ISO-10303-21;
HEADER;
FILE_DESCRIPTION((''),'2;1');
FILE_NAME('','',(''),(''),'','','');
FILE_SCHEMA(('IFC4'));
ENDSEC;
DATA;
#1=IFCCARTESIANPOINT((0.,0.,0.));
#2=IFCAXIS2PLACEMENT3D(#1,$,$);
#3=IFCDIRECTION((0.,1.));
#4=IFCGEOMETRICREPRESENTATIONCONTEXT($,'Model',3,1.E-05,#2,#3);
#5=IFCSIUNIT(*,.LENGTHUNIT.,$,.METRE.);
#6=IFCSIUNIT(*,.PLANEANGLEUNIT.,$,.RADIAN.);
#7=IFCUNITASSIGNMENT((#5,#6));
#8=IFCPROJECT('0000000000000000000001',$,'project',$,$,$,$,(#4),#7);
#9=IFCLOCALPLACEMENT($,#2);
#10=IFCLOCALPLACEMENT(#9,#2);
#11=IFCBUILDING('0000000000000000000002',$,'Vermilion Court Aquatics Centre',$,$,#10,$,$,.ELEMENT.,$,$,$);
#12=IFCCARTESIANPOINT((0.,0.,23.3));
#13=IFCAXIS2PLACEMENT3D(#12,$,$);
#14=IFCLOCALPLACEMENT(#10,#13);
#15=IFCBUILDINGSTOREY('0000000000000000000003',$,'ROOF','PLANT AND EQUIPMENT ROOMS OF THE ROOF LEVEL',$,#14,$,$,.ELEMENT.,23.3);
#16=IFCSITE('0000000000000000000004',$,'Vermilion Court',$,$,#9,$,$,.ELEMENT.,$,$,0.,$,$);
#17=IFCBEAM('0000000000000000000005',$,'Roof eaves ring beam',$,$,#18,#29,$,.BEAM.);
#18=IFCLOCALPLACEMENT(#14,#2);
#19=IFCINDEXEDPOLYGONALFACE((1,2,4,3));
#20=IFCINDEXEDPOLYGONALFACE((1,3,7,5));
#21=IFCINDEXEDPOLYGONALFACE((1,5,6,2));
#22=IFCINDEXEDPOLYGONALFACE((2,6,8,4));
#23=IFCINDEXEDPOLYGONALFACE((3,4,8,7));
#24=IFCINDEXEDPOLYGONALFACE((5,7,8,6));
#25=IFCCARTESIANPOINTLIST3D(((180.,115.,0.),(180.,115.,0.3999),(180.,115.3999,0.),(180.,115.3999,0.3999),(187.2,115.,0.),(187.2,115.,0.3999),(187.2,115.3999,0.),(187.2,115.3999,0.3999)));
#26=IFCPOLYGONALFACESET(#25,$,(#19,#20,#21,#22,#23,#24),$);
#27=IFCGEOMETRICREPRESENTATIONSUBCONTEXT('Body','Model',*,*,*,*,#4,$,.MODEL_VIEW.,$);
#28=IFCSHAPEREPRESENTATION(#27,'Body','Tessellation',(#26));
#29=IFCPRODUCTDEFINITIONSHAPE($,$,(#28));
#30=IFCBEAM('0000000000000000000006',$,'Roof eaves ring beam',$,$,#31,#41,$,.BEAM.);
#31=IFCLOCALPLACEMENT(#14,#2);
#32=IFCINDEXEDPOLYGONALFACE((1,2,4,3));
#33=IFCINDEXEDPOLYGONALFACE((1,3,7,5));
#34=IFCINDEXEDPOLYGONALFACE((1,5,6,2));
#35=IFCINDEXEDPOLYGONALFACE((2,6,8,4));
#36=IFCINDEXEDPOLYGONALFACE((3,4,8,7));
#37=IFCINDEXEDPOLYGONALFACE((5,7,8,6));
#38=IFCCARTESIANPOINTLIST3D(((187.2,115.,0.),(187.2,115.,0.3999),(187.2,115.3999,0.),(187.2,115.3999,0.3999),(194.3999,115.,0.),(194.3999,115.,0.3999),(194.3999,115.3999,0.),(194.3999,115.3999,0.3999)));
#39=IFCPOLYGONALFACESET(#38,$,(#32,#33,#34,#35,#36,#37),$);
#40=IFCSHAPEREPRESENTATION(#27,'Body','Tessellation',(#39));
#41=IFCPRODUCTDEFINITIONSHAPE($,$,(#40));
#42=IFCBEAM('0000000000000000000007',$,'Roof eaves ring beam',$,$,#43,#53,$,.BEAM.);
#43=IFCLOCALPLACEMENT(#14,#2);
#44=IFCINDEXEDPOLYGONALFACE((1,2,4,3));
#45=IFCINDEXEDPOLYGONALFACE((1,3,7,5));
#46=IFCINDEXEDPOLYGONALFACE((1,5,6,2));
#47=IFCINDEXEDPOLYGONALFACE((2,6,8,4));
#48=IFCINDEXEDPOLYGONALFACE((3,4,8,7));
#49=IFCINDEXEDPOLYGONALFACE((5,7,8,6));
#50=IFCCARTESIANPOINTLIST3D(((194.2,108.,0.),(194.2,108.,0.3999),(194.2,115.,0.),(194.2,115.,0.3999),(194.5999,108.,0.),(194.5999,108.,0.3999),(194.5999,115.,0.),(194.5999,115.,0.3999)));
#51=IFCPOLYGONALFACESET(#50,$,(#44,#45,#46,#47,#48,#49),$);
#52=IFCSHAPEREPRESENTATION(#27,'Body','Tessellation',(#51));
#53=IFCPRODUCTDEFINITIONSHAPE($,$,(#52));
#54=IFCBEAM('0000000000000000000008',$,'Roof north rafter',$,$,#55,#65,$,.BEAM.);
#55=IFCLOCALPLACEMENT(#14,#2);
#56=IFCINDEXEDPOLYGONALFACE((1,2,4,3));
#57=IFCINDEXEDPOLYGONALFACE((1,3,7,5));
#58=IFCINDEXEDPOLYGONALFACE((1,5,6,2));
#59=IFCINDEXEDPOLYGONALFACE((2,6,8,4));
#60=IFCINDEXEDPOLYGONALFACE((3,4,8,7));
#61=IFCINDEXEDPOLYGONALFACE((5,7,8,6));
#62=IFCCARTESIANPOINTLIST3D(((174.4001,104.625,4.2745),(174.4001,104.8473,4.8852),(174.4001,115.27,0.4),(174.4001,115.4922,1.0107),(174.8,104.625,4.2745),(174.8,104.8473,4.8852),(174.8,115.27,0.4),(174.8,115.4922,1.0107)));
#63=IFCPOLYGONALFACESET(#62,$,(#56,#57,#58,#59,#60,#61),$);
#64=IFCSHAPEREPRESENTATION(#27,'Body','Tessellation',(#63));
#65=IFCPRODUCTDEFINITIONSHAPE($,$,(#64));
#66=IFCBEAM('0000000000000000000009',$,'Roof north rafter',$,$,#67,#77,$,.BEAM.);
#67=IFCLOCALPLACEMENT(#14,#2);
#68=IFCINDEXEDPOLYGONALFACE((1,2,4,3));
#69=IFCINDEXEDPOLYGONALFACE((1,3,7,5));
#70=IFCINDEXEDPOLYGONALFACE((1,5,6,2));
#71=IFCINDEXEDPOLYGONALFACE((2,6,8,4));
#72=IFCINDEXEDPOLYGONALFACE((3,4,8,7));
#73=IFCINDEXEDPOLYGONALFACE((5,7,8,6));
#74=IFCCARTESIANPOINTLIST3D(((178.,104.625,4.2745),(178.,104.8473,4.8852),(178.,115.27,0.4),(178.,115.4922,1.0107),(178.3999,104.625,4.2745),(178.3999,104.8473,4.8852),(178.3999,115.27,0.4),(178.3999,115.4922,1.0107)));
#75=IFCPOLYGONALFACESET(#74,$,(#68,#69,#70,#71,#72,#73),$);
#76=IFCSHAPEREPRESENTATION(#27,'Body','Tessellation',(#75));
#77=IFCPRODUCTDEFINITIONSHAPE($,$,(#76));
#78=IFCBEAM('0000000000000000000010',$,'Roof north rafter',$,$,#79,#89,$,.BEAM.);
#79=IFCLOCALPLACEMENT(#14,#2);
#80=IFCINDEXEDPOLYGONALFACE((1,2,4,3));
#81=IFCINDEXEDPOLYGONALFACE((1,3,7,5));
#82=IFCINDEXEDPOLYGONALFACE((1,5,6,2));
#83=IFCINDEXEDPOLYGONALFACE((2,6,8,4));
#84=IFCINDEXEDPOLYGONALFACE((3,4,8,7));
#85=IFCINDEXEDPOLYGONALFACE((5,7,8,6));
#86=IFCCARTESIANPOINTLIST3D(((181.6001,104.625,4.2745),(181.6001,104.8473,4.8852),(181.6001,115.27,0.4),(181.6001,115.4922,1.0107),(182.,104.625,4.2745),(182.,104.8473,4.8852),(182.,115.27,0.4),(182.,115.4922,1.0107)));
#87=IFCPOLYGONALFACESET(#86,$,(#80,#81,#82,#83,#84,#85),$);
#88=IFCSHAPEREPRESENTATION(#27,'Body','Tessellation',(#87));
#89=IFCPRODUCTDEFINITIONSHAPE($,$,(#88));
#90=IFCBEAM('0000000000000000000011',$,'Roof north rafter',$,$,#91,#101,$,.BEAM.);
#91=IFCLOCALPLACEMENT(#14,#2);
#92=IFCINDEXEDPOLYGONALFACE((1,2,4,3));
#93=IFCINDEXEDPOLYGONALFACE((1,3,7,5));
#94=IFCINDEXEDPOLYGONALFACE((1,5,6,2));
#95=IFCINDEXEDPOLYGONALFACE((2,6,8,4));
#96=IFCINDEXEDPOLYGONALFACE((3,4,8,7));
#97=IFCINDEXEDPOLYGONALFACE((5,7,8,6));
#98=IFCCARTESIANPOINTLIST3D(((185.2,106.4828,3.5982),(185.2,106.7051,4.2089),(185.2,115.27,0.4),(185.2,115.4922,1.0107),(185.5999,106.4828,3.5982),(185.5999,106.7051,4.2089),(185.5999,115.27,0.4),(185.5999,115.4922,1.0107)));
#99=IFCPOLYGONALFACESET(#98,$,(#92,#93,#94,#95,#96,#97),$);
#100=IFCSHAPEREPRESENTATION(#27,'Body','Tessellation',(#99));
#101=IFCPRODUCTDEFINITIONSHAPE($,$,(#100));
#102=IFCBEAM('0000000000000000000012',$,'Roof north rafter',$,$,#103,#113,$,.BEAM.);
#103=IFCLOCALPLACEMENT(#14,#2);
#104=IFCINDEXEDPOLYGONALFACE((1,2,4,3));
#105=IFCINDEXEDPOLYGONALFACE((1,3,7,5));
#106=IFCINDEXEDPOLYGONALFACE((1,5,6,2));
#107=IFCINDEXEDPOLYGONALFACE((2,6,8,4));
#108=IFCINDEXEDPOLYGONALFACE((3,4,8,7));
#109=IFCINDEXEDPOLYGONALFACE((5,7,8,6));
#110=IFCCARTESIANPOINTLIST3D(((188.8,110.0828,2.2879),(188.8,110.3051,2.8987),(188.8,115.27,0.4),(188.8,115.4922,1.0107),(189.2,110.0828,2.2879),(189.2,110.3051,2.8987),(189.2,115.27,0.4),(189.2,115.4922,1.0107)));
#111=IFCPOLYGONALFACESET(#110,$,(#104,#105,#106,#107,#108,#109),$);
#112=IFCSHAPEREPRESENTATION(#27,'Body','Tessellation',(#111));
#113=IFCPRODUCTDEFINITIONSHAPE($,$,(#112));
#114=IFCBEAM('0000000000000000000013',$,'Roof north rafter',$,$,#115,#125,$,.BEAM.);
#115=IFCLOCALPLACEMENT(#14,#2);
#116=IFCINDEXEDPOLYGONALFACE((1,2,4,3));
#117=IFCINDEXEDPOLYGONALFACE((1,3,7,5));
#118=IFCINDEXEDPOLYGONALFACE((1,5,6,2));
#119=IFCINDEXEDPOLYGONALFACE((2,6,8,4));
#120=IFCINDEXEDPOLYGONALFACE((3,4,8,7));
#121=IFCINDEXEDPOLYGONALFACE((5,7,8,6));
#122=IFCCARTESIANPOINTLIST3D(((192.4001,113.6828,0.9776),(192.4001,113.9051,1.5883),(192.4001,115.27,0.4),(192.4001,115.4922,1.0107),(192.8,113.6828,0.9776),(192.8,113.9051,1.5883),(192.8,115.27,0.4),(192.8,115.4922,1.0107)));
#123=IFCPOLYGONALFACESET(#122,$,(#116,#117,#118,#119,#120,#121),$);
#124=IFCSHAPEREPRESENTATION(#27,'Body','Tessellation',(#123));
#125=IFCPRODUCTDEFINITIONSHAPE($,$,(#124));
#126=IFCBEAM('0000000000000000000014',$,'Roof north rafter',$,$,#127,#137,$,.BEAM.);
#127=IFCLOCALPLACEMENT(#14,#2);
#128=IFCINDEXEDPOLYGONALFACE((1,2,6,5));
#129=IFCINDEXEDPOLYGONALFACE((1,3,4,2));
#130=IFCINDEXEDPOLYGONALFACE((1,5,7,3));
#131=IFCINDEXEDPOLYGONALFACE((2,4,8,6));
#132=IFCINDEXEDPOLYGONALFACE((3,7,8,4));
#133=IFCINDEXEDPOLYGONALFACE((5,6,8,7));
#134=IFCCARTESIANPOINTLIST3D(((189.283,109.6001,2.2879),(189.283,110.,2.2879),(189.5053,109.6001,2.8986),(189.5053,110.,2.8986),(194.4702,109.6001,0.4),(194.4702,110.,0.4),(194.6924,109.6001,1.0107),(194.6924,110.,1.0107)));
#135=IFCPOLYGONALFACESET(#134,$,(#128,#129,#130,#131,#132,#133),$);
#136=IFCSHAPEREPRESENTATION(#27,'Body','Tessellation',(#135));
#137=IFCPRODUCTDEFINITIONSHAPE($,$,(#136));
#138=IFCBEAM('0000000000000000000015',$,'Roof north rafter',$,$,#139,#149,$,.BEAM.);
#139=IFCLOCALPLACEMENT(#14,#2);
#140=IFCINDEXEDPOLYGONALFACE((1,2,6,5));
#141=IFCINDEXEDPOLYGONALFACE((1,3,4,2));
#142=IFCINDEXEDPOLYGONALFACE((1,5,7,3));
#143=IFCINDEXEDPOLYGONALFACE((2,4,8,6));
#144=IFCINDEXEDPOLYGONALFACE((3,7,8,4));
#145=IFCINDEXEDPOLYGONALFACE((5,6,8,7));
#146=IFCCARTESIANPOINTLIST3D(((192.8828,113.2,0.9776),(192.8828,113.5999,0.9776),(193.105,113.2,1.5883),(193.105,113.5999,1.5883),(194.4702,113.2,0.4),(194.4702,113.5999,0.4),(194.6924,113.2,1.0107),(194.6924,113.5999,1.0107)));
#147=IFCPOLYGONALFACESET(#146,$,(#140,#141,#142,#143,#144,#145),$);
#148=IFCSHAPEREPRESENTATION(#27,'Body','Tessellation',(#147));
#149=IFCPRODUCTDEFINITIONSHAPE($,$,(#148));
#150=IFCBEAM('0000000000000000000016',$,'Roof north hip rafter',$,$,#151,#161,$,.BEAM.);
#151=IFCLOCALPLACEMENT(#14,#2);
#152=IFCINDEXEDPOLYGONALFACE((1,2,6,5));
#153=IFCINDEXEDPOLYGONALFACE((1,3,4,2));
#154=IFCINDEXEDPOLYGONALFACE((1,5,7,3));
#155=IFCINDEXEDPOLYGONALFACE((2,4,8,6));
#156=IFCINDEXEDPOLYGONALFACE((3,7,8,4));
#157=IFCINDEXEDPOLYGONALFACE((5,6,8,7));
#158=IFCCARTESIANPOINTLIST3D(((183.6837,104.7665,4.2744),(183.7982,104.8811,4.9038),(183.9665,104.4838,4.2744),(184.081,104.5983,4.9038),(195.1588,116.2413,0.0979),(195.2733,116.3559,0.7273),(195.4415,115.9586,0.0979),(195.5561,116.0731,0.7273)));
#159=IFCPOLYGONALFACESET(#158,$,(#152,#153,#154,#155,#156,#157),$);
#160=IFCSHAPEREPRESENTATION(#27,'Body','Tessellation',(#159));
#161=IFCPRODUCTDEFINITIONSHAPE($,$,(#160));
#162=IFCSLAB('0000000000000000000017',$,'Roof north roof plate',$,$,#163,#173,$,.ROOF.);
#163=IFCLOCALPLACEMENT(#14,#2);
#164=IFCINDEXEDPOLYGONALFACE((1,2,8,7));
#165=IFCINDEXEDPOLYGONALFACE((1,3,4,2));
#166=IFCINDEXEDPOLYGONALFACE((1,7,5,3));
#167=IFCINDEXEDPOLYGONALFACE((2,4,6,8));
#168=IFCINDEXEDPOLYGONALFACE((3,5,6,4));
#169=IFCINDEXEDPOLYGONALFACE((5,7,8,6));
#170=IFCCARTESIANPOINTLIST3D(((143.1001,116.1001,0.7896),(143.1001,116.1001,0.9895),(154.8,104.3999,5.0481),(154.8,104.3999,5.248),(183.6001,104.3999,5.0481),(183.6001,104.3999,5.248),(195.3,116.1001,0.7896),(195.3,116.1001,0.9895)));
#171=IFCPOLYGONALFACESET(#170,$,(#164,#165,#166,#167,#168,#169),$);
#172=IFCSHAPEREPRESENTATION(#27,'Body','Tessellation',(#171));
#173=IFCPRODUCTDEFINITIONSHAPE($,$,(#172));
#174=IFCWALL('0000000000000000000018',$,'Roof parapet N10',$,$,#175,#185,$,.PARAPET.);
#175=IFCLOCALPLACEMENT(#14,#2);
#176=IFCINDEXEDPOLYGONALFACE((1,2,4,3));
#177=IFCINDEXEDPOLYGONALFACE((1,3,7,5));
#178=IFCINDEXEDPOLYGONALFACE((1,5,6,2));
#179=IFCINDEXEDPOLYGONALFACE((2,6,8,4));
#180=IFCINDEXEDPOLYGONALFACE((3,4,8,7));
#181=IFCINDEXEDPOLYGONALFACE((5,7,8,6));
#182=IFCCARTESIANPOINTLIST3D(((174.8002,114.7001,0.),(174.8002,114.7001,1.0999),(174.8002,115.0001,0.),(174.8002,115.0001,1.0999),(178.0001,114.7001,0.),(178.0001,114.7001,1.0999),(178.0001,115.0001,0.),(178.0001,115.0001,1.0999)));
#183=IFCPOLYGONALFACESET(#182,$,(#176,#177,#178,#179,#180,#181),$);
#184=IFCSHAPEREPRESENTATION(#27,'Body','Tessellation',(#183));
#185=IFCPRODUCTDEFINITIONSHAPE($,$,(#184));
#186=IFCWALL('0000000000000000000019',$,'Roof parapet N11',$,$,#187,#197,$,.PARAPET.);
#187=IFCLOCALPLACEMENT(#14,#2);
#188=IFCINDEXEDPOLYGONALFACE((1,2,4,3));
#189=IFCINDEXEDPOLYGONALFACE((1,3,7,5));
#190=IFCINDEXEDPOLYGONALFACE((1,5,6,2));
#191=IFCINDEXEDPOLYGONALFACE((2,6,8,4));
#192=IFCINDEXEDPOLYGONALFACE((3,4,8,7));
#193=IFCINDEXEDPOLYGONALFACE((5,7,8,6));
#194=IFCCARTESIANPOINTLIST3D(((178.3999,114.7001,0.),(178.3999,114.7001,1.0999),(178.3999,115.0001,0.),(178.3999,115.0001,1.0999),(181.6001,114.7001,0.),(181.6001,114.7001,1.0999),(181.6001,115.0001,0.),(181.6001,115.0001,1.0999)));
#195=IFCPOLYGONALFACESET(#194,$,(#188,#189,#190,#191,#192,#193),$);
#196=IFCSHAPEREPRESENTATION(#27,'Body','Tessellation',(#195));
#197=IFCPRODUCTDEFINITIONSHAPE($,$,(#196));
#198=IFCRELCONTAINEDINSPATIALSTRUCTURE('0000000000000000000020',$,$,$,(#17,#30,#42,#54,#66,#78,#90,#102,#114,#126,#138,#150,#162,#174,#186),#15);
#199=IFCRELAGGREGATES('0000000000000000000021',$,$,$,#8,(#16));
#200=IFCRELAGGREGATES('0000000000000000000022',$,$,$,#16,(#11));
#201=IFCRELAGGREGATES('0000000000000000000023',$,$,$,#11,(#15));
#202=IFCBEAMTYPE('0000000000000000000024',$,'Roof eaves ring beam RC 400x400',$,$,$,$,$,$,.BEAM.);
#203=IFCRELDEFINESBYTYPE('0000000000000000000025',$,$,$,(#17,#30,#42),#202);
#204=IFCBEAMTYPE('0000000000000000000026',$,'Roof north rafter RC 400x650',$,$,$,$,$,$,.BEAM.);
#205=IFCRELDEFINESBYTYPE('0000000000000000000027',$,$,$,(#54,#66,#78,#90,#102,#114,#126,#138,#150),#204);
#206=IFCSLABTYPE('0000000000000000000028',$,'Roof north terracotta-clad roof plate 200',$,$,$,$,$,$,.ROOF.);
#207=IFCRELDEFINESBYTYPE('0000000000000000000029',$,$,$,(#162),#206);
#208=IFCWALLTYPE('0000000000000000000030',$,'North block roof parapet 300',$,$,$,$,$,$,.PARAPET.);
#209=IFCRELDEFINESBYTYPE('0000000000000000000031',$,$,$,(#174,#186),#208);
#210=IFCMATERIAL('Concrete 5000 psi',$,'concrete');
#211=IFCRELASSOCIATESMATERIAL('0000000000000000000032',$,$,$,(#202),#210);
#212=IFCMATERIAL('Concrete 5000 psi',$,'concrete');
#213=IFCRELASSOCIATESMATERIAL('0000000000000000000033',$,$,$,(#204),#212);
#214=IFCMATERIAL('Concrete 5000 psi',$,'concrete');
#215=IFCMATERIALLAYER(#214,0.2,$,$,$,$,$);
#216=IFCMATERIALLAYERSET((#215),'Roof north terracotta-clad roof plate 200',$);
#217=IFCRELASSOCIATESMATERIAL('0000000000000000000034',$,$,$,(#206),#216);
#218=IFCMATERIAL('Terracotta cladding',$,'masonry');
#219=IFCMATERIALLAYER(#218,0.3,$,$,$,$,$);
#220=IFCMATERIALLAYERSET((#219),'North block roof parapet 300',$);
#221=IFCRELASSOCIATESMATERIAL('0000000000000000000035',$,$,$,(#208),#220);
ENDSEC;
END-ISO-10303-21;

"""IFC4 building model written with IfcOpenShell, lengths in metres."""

from ifc_helpers import new_model, si_unit, direction, frame, frame_2d, origin, origin_2d, place, context, subcontext, project, spatial, polyline, rectangle, outline, extrude, material, layer, layer_set, material_profile, profile_set, type_object, element, save


model = new_model("IFC4")

# Units and contexts
model_context = context("Model", 3, precision=1e-05, world=origin(), true_north=direction((0.0, 1.0)))
body_context = subcontext(model_context, "Body", "Model", "MODEL_VIEW")
ifc_project = project(units=[si_unit("LENGTHUNIT", "METRE"), si_unit("PLANEANGLEUNIT", "RADIAN")], contexts=[model_context])

# Site, building, storey
site_placement = place(None, origin())
site = spatial("IfcSite", under=ifc_project, at=site_placement, Name="Vermilion Court", CompositionType="ELEMENT", RefElevation=0.0)
building_placement = place(site_placement, origin())
building = spatial("IfcBuilding", under=site, at=building_placement, Name="Vermilion Court Aquatics Centre", CompositionType="ELEMENT")
storey_placement = place(building_placement, frame((0.0, 0.0, 23.3)))
storey = spatial("IfcBuildingStorey", under=building, at=storey_placement, Name="ROOF", Description="PLANT AND EQUIPMENT ROOMS OF THE ROOF LEVEL", CompositionType="ELEMENT", Elevation=23.3)

# Beams
ifc_material_1 = material(Name="Concrete 5000 psi", Category="concrete")
ifc_material_profile_1 = material_profile(ifc_material_1, rectangle(XDim=0.3999, YDim=0.3999, at=origin_2d()), Name="RC 400x400")
ifc_profile_set_1 = profile_set([ifc_material_profile_1], Name="Concrete 5000 psi")
beam_type_1 = type_object("IfcBeamType", Name="Roof eaves ring beam RC 400x400", PredefinedType="BEAM", material=ifc_profile_set_1)
for number, where, z_axis, x_axis, name in (
    (1, (180.0, 115.2, 0.2), (1.0, 0.0, 0.0), (0.0, 1.0, 0.0), "Roof eaves ring beam"),
    (2, (187.2, 115.2, 0.2), (1.0, 0.0, 0.0), (0.0, 1.0, 0.0), "Roof eaves ring beam"),
):
    element("IfcBeam", number, at=place(storey_placement, frame(where, z_axis=z_axis, x_axis=x_axis)), inside=storey, type_object=beam_type_1, Name=name, PredefinedType="BEAM", context=body_context, shape_type="SweptSolid", body=[
        extrude(rectangle(XDim=0.3999, YDim=0.3999, at=origin_2d()), origin(), (0.0, 0.0, 1.0), 7.2),
    ])
beam_1_placement = place(storey_placement, frame((194.3999, 108.0, 0.2), z_axis=(0.0, 1.0, 0.0), x_axis=(-1.0, 0.0, 0.0)))
element("IfcBeam", 3, at=beam_1_placement, inside=storey, type_object=beam_type_1, Name="Roof eaves ring beam", PredefinedType="BEAM", context=body_context, shape_type="SweptSolid", body=[
    extrude(rectangle(XDim=0.3999, YDim=0.3999, at=origin_2d()), origin(), (0.0, 0.0, 1.0), 7.0),
])
ifc_material_2 = material(Name="Concrete 5000 psi", Category="concrete")
ifc_material_profile_2 = material_profile(ifc_material_2, rectangle(XDim=0.3999, YDim=0.6499, at=origin_2d()), Name="RC 400x650")
ifc_profile_set_2 = profile_set([ifc_material_profile_2], Name="Concrete 5000 psi")
beam_type_2 = type_object("IfcBeamType", Name="Roof north rafter RC 400x650", PredefinedType="BEAM", material=ifc_profile_set_2)
for number, where, z_axis, x_axis, name in (
    (4, (174.6001, 115.3811, 0.7053), (0.0, -0.939691, 0.342023), (1.0, 0.0, 0.0), "Roof north rafter"),
    (5, (178.2, 115.3811, 0.7053), (0.0, -0.939691, 0.342023), (1.0, 0.0, 0.0), "Roof north rafter"),
    (6, (181.8, 115.3811, 0.7053), (0.0, -0.939691, 0.342023), (1.0, 0.0, 0.0), "Roof north rafter"),
):
    element("IfcBeam", number, at=place(storey_placement, frame(where, z_axis=z_axis, x_axis=x_axis)), inside=storey, type_object=beam_type_2, Name=name, PredefinedType="BEAM", context=body_context, shape_type="SweptSolid", body=[
        extrude(rectangle(XDim=0.3999, YDim=0.6499, at=origin_2d()), origin(), (0.0, 0.0, 1.0), 11.3281),
    ])
beam_2_placement = place(storey_placement, frame((185.3999, 115.3811, 0.7053), z_axis=(0.0, -0.939693, 0.34202), x_axis=(1.0, 0.0, 0.0)))
element("IfcBeam", 7, at=beam_2_placement, inside=storey, type_object=beam_type_2, Name="Roof north rafter", PredefinedType="BEAM", context=body_context, shape_type="SweptSolid", body=[
    extrude(rectangle(XDim=0.3999, YDim=0.6499, at=origin_2d()), origin(), (0.0, 0.0, 1.0), 9.3511),
])
beam_3_placement = place(storey_placement, frame((189.0, 115.3811, 0.7053), z_axis=(0.0, -0.939691, 0.342024), x_axis=(1.0, 0.0, 0.0)))
element("IfcBeam", 8, at=beam_3_placement, inside=storey, type_object=beam_type_2, Name="Roof north rafter", PredefinedType="BEAM", context=body_context, shape_type="SweptSolid", body=[
    extrude(rectangle(XDim=0.3999, YDim=0.6499, at=origin_2d()), origin(), (0.0, 0.0, 1.0), 5.52),
])
beam_4_placement = place(storey_placement, frame((192.6001, 115.3811, 0.7053), z_axis=(0.0, -0.939701, 0.341998), x_axis=(1.0, 0.0, 0.0)))
element("IfcBeam", 9, at=beam_4_placement, inside=storey, type_object=beam_type_2, Name="Roof north rafter", PredefinedType="BEAM", context=body_context, shape_type="SweptSolid", body=[
    extrude(rectangle(XDim=0.3999, YDim=0.6499, at=origin_2d()), origin(), (0.0, 0.0, 1.0), 1.689),
])
beam_5_placement = place(storey_placement, frame((194.5813, 109.8, 0.7053), z_axis=(-0.939697, 0.0, 0.342009), x_axis=(0.0, -1.0, 0.0)))
element("IfcBeam", 10, at=beam_5_placement, inside=storey, type_object=beam_type_2, Name="Roof north rafter", PredefinedType="BEAM", context=body_context, shape_type="SweptSolid", body=[
    extrude(rectangle(XDim=0.3999, YDim=0.6499, at=origin_2d()), origin(), (0.0, 0.0, 1.0), 5.52),
])
beam_6_placement = place(storey_placement, frame((194.5813, 113.3999, 0.7053), z_axis=(-0.939717, 0.0, 0.341952), x_axis=(0.0, -1.0, 0.0)))
element("IfcBeam", 11, at=beam_6_placement, inside=storey, type_object=beam_type_2, Name="Roof north rafter", PredefinedType="BEAM", context=body_context, shape_type="SweptSolid", body=[
    extrude(rectangle(XDim=0.3999, YDim=0.6499, at=origin_2d()), origin(), (0.0, 0.0, 1.0), 1.6892),
])
beam_7_placement = place(storey_placement, frame((195.3574, 116.1572, 0.4126), z_axis=(-0.684799, -0.684784, 0.249242), x_axis=(0.707099, -0.707114, 0.0)))
element("IfcBeam", 12, at=beam_7_placement, inside=storey, type_object=beam_type_2, Name="Roof north hip rafter", PredefinedType="BEAM", context=body_context, shape_type="SweptSolid", body=[
    extrude(rectangle(XDim=0.3999, YDim=0.6499, at=origin_2d()), origin(), (0.0, 0.0, 1.0), 16.7568),
])

# Slab
ifc_material_3 = material(Name="Concrete 5000 psi", Category="concrete")
ifc_layer_1 = layer(ifc_material_3, 0.2)
ifc_layer_set_1 = layer_set([ifc_layer_1], Name="Roof north terracotta-clad roof plate 200")
slab_type = type_object("IfcSlabType", Name="Roof north terracotta-clad roof plate 200", PredefinedType="ROOF", material=ifc_layer_set_1)
slab_placement = place(storey_placement, frame((195.3, 116.1001, 0.9895), z_axis=(0.0, 0.342022, 0.939692), x_axis=(-1.0, 0.0, 0.0)))
element("IfcSlab", 13, at=slab_placement, inside=storey, type_object=slab_type, Name="Roof north roof plate", PredefinedType="ROOF", context=body_context, shape_type="SweptSolid", body=[
    extrude(outline(polyline([(0.0, 0.0), (52.2, 0.0), (40.5, 12.4511), (11.7, 12.4511), (0.0, 0.0)])), origin(), (0.0, -0.342022, -0.939692), 0.2),
])

# Walls
ifc_material_4 = material(Name="Terracotta cladding", Category="masonry")
ifc_layer_2 = layer(ifc_material_4, 0.3)
ifc_layer_set_2 = layer_set([ifc_layer_2], Name="North block roof parapet 300")
wall_type = type_object("IfcWallType", Name="North block roof parapet 300", PredefinedType="PARAPET", material=ifc_layer_set_2)
wall_1_placement = place(storey_placement, frame((174.8, 114.8501, 0.0), z_axis=(0.0, 0.0, 1.0), x_axis=(1.0, 0.0, 0.0)))
element("IfcWall", 14, at=wall_1_placement, inside=storey, type_object=wall_type, Name="Roof parapet N10", PredefinedType="PARAPET", context=body_context, shape_type="SweptSolid", body=[
    extrude(rectangle(XDim=3.2, YDim=0.3, at=frame_2d((1.6001, 0.0))), origin(), (0.0, 0.0, 1.0), 1.0999),
])
wall_2_placement = place(storey_placement, frame((178.3999, 114.8501, 0.0), z_axis=(0.0, 0.0, 1.0), x_axis=(1.0, 0.0, 0.0)))
element("IfcWall", 15, at=wall_2_placement, inside=storey, type_object=wall_type, Name="Roof parapet N11", PredefinedType="PARAPET", context=body_context, shape_type="SweptSolid", body=[
    extrude(rectangle(XDim=3.2002, YDim=0.3, at=frame_2d((1.6001, 0.0))), origin(), (0.0, 0.0, 1.0), 1.0999),
])

save(model, "model.ifc")
